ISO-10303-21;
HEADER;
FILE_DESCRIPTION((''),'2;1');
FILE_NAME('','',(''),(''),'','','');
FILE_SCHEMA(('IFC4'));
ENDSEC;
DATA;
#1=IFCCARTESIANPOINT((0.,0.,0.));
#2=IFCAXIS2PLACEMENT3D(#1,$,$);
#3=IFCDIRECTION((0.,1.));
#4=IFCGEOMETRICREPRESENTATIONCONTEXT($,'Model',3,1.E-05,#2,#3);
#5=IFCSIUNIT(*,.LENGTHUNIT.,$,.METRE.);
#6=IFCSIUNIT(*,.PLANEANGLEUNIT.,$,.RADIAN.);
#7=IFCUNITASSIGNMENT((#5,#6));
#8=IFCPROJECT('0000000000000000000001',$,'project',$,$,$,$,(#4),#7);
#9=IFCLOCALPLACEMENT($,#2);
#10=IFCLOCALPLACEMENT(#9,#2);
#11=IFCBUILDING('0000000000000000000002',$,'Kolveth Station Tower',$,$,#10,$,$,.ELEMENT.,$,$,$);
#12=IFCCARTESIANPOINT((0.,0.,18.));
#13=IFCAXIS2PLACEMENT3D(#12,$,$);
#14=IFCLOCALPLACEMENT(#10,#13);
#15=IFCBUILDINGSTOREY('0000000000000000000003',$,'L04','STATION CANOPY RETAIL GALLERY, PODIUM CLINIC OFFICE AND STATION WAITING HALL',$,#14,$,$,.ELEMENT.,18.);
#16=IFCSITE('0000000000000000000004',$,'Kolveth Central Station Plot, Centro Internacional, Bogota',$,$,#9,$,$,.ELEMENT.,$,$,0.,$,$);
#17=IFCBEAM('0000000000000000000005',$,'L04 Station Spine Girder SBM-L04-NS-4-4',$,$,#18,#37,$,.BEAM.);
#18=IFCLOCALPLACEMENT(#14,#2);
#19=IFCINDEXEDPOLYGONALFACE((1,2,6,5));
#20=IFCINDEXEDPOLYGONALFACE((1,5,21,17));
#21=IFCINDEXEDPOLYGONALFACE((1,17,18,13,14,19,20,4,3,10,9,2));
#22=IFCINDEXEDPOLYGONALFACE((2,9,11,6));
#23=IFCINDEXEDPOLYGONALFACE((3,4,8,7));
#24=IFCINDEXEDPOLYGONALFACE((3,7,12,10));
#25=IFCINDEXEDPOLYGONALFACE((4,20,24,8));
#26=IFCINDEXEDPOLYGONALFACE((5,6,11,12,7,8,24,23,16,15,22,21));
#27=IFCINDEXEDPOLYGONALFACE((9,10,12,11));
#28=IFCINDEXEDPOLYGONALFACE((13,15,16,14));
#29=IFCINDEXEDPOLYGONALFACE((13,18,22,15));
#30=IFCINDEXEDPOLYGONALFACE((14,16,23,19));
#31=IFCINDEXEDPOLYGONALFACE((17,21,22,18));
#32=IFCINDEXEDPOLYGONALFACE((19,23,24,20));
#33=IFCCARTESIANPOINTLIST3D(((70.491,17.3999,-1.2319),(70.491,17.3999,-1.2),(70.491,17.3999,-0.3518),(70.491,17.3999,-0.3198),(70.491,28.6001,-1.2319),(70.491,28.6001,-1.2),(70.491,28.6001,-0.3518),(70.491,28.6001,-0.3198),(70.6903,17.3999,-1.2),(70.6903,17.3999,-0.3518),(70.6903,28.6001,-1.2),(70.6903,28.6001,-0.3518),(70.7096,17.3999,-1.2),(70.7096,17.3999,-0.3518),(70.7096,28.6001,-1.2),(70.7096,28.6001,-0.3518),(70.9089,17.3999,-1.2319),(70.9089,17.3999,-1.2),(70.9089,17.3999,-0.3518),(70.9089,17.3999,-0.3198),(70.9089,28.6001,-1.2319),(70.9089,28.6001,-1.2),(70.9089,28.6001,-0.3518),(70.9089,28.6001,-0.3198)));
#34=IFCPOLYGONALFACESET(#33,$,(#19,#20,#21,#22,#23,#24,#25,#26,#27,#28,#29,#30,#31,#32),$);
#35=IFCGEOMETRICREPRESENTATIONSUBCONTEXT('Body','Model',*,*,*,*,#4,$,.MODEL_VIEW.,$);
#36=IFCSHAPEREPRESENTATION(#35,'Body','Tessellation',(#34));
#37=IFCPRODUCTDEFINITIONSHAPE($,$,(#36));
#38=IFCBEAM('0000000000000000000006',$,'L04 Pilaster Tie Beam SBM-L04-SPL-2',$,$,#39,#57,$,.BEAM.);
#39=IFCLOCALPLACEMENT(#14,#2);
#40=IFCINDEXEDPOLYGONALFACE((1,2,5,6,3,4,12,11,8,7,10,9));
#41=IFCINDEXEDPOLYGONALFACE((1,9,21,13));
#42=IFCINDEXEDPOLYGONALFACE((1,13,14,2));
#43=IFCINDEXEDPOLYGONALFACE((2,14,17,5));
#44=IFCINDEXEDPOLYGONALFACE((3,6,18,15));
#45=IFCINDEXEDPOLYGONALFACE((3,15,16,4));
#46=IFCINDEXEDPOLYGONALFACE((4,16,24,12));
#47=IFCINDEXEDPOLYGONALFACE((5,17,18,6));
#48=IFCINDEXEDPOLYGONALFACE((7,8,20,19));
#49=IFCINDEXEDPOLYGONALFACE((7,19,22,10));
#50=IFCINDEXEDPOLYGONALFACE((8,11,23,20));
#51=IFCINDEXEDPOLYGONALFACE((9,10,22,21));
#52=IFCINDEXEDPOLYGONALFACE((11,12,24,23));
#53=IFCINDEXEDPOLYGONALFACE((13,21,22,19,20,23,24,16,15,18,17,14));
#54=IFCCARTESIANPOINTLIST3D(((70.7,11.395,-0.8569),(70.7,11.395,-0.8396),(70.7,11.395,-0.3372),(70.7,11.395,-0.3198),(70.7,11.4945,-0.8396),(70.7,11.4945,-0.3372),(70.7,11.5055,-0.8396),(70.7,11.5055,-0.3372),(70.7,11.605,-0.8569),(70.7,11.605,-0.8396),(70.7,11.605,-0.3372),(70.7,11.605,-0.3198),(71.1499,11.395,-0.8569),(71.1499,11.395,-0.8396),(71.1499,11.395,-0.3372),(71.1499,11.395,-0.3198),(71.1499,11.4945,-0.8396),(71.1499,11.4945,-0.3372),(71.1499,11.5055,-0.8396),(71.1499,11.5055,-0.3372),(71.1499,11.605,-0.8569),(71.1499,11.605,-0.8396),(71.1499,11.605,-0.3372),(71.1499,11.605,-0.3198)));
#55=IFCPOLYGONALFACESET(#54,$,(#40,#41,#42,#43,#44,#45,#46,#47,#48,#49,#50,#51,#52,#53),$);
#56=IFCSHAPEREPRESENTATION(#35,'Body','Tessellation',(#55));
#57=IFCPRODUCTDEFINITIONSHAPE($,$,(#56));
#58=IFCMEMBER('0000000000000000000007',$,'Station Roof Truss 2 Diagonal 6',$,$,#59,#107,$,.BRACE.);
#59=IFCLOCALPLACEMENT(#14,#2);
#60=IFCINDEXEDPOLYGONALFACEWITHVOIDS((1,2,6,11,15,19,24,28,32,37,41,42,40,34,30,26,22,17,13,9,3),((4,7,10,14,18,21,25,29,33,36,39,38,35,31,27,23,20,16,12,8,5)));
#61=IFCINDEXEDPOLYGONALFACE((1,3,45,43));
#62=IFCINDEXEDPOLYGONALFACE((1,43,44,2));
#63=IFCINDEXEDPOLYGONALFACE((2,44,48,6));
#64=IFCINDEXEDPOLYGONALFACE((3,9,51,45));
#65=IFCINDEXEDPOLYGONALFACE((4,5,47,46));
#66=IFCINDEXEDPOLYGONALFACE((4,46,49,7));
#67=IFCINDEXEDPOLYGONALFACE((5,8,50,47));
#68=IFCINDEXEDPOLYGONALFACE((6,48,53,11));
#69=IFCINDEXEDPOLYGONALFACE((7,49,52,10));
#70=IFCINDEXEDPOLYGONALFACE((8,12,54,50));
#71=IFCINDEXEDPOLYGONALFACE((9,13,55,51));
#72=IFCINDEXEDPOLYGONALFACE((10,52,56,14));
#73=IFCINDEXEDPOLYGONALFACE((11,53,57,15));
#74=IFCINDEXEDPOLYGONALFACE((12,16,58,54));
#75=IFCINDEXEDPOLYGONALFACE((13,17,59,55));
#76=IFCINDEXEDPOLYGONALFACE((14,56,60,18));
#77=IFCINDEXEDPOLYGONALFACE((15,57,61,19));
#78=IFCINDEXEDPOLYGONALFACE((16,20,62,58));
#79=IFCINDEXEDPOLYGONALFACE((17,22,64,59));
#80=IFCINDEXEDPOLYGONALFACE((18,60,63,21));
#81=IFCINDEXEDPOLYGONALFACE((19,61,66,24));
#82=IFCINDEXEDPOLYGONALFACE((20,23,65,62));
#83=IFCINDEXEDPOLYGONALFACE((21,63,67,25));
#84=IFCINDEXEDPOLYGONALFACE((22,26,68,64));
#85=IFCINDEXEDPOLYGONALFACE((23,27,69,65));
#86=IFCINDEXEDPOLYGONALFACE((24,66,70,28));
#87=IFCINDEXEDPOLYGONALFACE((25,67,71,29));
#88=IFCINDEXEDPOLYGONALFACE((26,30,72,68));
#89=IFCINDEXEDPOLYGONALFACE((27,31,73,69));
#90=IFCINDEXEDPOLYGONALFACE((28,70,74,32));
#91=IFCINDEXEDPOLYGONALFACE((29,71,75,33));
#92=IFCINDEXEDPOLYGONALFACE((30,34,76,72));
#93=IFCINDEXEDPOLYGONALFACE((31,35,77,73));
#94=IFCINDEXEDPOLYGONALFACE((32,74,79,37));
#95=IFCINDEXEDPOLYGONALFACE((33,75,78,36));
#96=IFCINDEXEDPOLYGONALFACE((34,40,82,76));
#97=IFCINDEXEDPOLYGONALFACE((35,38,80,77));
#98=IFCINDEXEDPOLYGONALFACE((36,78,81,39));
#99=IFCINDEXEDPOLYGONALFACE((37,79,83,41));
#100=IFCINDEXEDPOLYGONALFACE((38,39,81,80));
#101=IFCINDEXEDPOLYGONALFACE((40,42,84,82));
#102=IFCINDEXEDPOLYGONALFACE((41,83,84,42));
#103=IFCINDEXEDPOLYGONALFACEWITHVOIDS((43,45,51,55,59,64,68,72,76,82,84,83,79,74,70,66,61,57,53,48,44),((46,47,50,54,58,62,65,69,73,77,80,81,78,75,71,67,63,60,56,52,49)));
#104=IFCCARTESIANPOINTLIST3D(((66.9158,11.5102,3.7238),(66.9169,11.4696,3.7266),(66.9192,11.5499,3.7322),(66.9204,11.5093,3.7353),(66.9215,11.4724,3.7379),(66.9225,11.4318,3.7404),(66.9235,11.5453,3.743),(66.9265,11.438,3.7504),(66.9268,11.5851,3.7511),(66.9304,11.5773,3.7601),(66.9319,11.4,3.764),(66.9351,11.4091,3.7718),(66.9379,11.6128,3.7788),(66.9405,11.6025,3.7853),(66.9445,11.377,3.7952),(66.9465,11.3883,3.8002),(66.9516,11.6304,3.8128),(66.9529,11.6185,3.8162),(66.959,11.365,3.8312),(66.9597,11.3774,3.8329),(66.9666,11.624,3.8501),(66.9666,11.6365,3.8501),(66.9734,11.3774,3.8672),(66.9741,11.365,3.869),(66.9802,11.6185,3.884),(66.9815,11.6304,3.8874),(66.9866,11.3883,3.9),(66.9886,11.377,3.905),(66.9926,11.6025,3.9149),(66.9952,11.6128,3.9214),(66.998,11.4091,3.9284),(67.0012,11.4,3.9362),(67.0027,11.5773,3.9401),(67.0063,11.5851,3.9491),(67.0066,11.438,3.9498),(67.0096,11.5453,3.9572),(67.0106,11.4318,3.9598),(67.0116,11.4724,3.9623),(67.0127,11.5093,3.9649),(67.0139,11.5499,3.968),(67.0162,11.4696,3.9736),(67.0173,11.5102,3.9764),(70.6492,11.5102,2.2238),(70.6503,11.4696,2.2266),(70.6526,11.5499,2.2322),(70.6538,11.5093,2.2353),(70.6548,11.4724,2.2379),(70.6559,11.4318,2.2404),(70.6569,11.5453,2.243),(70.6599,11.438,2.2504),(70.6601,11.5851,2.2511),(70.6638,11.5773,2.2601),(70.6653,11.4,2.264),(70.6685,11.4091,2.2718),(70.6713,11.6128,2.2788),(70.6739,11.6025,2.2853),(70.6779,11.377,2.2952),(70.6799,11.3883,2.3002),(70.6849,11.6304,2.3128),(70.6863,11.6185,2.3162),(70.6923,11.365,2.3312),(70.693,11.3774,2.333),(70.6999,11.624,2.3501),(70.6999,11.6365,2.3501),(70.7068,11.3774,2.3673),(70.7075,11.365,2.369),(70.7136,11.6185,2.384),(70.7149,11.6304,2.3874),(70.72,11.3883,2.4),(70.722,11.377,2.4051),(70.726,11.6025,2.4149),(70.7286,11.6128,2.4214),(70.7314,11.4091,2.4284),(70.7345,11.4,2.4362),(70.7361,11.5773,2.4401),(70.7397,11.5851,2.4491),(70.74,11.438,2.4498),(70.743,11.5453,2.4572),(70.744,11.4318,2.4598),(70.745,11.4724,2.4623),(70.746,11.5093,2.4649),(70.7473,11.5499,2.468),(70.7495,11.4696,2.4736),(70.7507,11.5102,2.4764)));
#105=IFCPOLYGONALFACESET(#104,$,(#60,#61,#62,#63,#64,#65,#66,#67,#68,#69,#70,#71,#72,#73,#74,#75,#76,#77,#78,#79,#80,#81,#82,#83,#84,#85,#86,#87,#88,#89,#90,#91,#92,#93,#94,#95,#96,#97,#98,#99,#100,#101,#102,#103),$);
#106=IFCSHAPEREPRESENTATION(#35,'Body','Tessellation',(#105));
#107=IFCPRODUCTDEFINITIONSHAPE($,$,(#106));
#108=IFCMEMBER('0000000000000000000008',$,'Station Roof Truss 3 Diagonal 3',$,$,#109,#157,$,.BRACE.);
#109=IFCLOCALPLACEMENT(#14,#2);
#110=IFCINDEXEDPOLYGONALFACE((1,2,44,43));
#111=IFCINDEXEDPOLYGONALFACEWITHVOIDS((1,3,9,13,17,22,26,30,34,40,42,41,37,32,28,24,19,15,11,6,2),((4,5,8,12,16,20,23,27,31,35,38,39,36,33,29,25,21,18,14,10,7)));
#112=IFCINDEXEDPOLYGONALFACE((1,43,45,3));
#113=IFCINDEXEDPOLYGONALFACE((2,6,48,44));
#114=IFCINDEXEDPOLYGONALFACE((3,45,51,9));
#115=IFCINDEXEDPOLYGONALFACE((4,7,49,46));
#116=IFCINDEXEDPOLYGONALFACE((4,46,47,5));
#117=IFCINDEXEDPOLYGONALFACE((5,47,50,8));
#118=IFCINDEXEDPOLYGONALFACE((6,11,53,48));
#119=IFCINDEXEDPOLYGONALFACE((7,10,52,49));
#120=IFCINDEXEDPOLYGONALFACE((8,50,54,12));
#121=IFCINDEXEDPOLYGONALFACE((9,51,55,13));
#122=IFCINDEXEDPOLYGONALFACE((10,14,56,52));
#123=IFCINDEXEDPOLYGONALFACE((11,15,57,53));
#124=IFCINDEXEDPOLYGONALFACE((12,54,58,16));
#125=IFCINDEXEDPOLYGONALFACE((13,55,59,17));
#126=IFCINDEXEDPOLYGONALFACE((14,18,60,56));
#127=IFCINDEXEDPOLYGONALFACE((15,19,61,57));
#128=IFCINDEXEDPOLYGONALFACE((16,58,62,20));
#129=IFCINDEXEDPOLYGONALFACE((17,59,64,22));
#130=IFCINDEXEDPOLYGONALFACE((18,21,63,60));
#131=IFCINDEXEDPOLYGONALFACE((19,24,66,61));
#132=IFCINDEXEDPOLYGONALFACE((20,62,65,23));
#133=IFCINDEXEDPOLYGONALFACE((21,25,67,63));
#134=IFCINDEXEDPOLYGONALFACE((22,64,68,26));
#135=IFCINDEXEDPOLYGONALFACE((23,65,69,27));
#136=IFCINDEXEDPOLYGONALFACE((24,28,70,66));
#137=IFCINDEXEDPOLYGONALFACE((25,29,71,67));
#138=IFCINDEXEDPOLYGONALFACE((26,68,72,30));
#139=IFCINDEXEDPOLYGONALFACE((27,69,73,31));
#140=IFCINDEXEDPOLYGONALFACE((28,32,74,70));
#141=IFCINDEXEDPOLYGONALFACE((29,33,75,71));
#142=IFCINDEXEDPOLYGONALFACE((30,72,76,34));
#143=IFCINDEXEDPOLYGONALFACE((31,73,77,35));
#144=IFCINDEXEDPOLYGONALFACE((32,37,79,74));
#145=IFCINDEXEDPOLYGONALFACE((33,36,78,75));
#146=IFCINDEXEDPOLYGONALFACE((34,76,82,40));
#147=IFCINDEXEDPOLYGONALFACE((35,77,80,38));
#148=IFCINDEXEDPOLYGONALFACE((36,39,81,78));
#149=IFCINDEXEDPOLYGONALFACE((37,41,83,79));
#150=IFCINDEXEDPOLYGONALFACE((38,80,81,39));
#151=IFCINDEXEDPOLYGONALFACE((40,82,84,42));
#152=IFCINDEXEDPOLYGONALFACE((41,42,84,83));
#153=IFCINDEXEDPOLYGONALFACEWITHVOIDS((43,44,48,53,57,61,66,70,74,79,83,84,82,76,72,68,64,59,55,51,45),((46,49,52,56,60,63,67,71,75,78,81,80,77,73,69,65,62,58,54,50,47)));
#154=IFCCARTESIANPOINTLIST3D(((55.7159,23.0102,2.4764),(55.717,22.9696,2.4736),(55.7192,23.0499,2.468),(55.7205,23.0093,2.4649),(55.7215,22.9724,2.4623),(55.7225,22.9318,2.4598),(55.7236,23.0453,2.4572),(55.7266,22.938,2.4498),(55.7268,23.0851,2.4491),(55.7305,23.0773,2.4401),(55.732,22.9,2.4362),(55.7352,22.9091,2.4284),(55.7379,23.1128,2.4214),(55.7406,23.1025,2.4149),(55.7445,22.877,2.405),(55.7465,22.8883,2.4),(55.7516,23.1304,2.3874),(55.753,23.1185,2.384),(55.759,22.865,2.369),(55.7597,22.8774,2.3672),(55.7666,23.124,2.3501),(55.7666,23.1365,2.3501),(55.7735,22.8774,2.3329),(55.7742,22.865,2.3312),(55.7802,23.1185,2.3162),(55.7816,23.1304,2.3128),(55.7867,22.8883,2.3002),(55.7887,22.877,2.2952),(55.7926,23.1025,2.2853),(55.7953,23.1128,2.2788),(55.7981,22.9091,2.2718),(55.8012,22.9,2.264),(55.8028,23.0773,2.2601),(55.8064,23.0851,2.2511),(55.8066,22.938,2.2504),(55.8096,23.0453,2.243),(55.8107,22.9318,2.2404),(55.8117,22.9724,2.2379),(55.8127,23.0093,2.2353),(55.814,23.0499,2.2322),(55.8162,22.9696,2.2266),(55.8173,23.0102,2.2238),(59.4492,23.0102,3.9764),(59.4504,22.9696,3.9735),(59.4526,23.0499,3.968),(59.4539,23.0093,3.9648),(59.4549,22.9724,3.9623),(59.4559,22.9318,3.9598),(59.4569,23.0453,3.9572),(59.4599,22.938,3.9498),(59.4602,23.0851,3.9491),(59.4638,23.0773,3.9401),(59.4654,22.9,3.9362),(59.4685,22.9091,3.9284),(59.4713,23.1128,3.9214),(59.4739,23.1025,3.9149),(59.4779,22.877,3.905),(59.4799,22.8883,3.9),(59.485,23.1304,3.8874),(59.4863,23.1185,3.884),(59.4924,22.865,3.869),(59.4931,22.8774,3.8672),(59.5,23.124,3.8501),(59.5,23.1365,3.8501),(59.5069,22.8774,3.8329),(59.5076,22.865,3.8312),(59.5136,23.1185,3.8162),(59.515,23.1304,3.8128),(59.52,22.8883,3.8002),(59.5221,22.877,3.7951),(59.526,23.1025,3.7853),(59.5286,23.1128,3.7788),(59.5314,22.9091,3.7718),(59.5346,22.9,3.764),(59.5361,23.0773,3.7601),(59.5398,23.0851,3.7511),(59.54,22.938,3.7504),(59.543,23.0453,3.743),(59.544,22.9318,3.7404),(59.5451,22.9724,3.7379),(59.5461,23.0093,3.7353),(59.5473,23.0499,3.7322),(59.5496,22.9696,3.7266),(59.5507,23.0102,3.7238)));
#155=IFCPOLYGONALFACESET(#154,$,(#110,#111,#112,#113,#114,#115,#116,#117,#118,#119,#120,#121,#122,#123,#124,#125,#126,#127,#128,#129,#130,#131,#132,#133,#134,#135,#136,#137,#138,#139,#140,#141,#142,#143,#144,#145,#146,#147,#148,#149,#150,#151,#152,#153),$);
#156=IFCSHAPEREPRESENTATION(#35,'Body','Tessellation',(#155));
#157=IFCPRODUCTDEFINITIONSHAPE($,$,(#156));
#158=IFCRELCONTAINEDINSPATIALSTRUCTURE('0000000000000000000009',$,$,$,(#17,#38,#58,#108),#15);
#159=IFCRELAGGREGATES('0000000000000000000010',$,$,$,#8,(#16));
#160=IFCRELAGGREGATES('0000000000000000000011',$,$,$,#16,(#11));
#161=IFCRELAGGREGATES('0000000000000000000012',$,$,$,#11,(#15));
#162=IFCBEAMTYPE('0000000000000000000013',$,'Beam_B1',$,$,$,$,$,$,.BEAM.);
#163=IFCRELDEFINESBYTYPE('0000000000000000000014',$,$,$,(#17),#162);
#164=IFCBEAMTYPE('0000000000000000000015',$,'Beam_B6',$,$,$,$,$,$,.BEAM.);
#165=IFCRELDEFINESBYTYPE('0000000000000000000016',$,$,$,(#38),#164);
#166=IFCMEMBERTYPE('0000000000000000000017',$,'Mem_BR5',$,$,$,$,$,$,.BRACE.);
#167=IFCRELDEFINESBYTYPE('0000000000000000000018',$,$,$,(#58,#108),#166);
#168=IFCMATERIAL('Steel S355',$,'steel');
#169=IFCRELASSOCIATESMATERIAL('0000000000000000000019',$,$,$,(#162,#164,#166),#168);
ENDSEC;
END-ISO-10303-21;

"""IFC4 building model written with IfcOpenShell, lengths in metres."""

from ifc_helpers import new_model, si_unit, direction, frame, origin, origin_2d, place, context, subcontext, project, spatial, hollow_circle, i_section, extrude, source, transform, mapped, material, material_profile, profile_set, type_object, element, save


model = new_model("IFC4")

# Units and contexts
model_context = context("Model", 3, precision=1e-05, world=origin(), true_north=direction((0.0, 1.0)))
body_context = subcontext(model_context, "Body", "Model", "MODEL_VIEW")
ifc_project = project(units=[si_unit("LENGTHUNIT", "METRE"), si_unit("PLANEANGLEUNIT", "RADIAN")], contexts=[model_context])

# Site, building, storey
site_placement = place(None, origin())
site = spatial("IfcSite", under=ifc_project, at=site_placement, Name="Kolveth Central Station Plot, Centro Internacional, Bogota", CompositionType="ELEMENT", RefElevation=0.0)
building_placement = place(site_placement, origin())
building = spatial("IfcBuilding", under=site, at=building_placement, Name="Kolveth Station Tower", CompositionType="ELEMENT")
storey_placement = place(building_placement, frame((0.0, 0.0, 18.0)))
storey = spatial("IfcBuildingStorey", under=building, at=storey_placement, Name="L04", Description="STATION CANOPY RETAIL GALLERY, PODIUM CLINIC OFFICE AND STATION WAITING HALL", CompositionType="ELEMENT", Elevation=18.0)

# Shared definitions
ifc_material_1 = material(Name="Steel S355", Category="steel")

# Beams
ifc_material_profile_1 = material_profile(ifc_material_1, i_section(OverallWidth=0.418, OverallDepth=0.9121, WebThickness=0.0193, FlangeThickness=0.032, at=origin_2d()), Name="W920x342")
ifc_profile_set_1 = profile_set([ifc_material_profile_1], Name="Steel S355")
beam_type_1 = type_object("IfcBeamType", Name="Beam_B1", PredefinedType="BEAM", material=ifc_profile_set_1)
shared_shape_1 = source(origin(), body_context, "Body", "SweptSolid", [
    extrude(i_section(OverallWidth=0.418, OverallDepth=0.9121, WebThickness=0.0193, FlangeThickness=0.032, at=origin_2d()), origin(), (0.0, 0.0, 1.0), 11.2002),
])
for number, where, z_axis, x_axis, name in (
    (1, (70.7, 17.3999, -0.7759), (0.0, 1.0, 0.0), (-1.0, 0.0, 0.0), "L04 Station Spine Girder SBM-L04-NS-4-4"),
):
    element("IfcBeam", number, at=place(storey_placement, frame(where, z_axis=z_axis, x_axis=x_axis)), inside=storey, type_object=beam_type_1, Name=name, PredefinedType="BEAM", context=body_context, shape_type="MappedRepresentation", body=[
        mapped(shared_shape_1, transform((0.0, 0.0, 0.0), x_axis=(1.0, 0.0, 0.0), y_axis=(0.0, 1.0, 0.0), z_axis=(0.0, 0.0, 1.0), scale=1.0)),
    ])
ifc_material_profile_2 = material_profile(ifc_material_1, i_section(OverallWidth=0.21, OverallDepth=0.5371, WebThickness=0.011, FlangeThickness=0.0173, at=origin_2d()), Name="W530x101")
ifc_profile_set_2 = profile_set([ifc_material_profile_2], Name="Steel S355")
beam_type_2 = type_object("IfcBeamType", Name="Beam_B6", PredefinedType="BEAM", material=ifc_profile_set_2)
shared_shape_2 = source(origin(), body_context, "Body", "SweptSolid", [
    extrude(i_section(OverallWidth=0.21, OverallDepth=0.5371, WebThickness=0.011, FlangeThickness=0.0173, at=origin_2d()), origin(), (0.0, 0.0, 1.0), 0.45),
])
beam_1_placement = place(storey_placement, frame((70.7, 11.5, -0.5884), z_axis=(1.0, 0.0, 0.0), x_axis=(0.0, 1.0, 0.0)))
element("IfcBeam", 2, at=beam_1_placement, inside=storey, type_object=beam_type_2, Name="L04 Pilaster Tie Beam SBM-L04-SPL-2", PredefinedType="BEAM", context=body_context, shape_type="MappedRepresentation", body=[
    mapped(shared_shape_2, transform((0.0, 0.0, 0.0), x_axis=(1.0, 0.0, 0.0), y_axis=(0.0, 1.0, 0.0), z_axis=(0.0, 0.0, 1.0), scale=1.0)),
])

# Members
ifc_material_profile_3 = material_profile(ifc_material_1, hollow_circle(Radius=0.1365, WallThickness=0.0125, at=origin_2d()), Name="CHS273x12.5")
ifc_profile_set_3 = profile_set([ifc_material_profile_3], Name="Steel S355")
member_type_1 = type_object("IfcMemberType", Name="Mem_BR5", PredefinedType="BRACE", material=ifc_profile_set_3)
shared_shape_3 = source(origin(), body_context, "Body", "SweptSolid", [
    extrude(hollow_circle(Radius=0.1365, WallThickness=0.0125, at=origin_2d()), origin(), (0.0, 0.0, 1.0), 4.0234),
])
for number, where, z_axis, x_axis, name in (
    (3, (66.9666, 11.5, 3.8501), (0.927906, 0.0, -0.372813), (0.0, 1.0, 0.0), "Station Roof Truss 2 Diagonal 6"),
    (4, (55.7666, 23.0, 2.3501), (0.927906, 0.0, 0.372813), (0.0, 1.0, 0.0), "Station Roof Truss 3 Diagonal 3"),
):
    element("IfcMember", number, at=place(storey_placement, frame(where, z_axis=z_axis, x_axis=x_axis)), inside=storey, type_object=member_type_1, Name=name, PredefinedType="BRACE", context=body_context, shape_type="MappedRepresentation", body=[
        mapped(shared_shape_3, transform((0.0, 0.0, 0.0), x_axis=(1.0, 0.0, 0.0), y_axis=(0.0, 1.0, 0.0), z_axis=(0.0, 0.0, 1.0), scale=1.0)),
    ])

save(model, "model.ifc")
